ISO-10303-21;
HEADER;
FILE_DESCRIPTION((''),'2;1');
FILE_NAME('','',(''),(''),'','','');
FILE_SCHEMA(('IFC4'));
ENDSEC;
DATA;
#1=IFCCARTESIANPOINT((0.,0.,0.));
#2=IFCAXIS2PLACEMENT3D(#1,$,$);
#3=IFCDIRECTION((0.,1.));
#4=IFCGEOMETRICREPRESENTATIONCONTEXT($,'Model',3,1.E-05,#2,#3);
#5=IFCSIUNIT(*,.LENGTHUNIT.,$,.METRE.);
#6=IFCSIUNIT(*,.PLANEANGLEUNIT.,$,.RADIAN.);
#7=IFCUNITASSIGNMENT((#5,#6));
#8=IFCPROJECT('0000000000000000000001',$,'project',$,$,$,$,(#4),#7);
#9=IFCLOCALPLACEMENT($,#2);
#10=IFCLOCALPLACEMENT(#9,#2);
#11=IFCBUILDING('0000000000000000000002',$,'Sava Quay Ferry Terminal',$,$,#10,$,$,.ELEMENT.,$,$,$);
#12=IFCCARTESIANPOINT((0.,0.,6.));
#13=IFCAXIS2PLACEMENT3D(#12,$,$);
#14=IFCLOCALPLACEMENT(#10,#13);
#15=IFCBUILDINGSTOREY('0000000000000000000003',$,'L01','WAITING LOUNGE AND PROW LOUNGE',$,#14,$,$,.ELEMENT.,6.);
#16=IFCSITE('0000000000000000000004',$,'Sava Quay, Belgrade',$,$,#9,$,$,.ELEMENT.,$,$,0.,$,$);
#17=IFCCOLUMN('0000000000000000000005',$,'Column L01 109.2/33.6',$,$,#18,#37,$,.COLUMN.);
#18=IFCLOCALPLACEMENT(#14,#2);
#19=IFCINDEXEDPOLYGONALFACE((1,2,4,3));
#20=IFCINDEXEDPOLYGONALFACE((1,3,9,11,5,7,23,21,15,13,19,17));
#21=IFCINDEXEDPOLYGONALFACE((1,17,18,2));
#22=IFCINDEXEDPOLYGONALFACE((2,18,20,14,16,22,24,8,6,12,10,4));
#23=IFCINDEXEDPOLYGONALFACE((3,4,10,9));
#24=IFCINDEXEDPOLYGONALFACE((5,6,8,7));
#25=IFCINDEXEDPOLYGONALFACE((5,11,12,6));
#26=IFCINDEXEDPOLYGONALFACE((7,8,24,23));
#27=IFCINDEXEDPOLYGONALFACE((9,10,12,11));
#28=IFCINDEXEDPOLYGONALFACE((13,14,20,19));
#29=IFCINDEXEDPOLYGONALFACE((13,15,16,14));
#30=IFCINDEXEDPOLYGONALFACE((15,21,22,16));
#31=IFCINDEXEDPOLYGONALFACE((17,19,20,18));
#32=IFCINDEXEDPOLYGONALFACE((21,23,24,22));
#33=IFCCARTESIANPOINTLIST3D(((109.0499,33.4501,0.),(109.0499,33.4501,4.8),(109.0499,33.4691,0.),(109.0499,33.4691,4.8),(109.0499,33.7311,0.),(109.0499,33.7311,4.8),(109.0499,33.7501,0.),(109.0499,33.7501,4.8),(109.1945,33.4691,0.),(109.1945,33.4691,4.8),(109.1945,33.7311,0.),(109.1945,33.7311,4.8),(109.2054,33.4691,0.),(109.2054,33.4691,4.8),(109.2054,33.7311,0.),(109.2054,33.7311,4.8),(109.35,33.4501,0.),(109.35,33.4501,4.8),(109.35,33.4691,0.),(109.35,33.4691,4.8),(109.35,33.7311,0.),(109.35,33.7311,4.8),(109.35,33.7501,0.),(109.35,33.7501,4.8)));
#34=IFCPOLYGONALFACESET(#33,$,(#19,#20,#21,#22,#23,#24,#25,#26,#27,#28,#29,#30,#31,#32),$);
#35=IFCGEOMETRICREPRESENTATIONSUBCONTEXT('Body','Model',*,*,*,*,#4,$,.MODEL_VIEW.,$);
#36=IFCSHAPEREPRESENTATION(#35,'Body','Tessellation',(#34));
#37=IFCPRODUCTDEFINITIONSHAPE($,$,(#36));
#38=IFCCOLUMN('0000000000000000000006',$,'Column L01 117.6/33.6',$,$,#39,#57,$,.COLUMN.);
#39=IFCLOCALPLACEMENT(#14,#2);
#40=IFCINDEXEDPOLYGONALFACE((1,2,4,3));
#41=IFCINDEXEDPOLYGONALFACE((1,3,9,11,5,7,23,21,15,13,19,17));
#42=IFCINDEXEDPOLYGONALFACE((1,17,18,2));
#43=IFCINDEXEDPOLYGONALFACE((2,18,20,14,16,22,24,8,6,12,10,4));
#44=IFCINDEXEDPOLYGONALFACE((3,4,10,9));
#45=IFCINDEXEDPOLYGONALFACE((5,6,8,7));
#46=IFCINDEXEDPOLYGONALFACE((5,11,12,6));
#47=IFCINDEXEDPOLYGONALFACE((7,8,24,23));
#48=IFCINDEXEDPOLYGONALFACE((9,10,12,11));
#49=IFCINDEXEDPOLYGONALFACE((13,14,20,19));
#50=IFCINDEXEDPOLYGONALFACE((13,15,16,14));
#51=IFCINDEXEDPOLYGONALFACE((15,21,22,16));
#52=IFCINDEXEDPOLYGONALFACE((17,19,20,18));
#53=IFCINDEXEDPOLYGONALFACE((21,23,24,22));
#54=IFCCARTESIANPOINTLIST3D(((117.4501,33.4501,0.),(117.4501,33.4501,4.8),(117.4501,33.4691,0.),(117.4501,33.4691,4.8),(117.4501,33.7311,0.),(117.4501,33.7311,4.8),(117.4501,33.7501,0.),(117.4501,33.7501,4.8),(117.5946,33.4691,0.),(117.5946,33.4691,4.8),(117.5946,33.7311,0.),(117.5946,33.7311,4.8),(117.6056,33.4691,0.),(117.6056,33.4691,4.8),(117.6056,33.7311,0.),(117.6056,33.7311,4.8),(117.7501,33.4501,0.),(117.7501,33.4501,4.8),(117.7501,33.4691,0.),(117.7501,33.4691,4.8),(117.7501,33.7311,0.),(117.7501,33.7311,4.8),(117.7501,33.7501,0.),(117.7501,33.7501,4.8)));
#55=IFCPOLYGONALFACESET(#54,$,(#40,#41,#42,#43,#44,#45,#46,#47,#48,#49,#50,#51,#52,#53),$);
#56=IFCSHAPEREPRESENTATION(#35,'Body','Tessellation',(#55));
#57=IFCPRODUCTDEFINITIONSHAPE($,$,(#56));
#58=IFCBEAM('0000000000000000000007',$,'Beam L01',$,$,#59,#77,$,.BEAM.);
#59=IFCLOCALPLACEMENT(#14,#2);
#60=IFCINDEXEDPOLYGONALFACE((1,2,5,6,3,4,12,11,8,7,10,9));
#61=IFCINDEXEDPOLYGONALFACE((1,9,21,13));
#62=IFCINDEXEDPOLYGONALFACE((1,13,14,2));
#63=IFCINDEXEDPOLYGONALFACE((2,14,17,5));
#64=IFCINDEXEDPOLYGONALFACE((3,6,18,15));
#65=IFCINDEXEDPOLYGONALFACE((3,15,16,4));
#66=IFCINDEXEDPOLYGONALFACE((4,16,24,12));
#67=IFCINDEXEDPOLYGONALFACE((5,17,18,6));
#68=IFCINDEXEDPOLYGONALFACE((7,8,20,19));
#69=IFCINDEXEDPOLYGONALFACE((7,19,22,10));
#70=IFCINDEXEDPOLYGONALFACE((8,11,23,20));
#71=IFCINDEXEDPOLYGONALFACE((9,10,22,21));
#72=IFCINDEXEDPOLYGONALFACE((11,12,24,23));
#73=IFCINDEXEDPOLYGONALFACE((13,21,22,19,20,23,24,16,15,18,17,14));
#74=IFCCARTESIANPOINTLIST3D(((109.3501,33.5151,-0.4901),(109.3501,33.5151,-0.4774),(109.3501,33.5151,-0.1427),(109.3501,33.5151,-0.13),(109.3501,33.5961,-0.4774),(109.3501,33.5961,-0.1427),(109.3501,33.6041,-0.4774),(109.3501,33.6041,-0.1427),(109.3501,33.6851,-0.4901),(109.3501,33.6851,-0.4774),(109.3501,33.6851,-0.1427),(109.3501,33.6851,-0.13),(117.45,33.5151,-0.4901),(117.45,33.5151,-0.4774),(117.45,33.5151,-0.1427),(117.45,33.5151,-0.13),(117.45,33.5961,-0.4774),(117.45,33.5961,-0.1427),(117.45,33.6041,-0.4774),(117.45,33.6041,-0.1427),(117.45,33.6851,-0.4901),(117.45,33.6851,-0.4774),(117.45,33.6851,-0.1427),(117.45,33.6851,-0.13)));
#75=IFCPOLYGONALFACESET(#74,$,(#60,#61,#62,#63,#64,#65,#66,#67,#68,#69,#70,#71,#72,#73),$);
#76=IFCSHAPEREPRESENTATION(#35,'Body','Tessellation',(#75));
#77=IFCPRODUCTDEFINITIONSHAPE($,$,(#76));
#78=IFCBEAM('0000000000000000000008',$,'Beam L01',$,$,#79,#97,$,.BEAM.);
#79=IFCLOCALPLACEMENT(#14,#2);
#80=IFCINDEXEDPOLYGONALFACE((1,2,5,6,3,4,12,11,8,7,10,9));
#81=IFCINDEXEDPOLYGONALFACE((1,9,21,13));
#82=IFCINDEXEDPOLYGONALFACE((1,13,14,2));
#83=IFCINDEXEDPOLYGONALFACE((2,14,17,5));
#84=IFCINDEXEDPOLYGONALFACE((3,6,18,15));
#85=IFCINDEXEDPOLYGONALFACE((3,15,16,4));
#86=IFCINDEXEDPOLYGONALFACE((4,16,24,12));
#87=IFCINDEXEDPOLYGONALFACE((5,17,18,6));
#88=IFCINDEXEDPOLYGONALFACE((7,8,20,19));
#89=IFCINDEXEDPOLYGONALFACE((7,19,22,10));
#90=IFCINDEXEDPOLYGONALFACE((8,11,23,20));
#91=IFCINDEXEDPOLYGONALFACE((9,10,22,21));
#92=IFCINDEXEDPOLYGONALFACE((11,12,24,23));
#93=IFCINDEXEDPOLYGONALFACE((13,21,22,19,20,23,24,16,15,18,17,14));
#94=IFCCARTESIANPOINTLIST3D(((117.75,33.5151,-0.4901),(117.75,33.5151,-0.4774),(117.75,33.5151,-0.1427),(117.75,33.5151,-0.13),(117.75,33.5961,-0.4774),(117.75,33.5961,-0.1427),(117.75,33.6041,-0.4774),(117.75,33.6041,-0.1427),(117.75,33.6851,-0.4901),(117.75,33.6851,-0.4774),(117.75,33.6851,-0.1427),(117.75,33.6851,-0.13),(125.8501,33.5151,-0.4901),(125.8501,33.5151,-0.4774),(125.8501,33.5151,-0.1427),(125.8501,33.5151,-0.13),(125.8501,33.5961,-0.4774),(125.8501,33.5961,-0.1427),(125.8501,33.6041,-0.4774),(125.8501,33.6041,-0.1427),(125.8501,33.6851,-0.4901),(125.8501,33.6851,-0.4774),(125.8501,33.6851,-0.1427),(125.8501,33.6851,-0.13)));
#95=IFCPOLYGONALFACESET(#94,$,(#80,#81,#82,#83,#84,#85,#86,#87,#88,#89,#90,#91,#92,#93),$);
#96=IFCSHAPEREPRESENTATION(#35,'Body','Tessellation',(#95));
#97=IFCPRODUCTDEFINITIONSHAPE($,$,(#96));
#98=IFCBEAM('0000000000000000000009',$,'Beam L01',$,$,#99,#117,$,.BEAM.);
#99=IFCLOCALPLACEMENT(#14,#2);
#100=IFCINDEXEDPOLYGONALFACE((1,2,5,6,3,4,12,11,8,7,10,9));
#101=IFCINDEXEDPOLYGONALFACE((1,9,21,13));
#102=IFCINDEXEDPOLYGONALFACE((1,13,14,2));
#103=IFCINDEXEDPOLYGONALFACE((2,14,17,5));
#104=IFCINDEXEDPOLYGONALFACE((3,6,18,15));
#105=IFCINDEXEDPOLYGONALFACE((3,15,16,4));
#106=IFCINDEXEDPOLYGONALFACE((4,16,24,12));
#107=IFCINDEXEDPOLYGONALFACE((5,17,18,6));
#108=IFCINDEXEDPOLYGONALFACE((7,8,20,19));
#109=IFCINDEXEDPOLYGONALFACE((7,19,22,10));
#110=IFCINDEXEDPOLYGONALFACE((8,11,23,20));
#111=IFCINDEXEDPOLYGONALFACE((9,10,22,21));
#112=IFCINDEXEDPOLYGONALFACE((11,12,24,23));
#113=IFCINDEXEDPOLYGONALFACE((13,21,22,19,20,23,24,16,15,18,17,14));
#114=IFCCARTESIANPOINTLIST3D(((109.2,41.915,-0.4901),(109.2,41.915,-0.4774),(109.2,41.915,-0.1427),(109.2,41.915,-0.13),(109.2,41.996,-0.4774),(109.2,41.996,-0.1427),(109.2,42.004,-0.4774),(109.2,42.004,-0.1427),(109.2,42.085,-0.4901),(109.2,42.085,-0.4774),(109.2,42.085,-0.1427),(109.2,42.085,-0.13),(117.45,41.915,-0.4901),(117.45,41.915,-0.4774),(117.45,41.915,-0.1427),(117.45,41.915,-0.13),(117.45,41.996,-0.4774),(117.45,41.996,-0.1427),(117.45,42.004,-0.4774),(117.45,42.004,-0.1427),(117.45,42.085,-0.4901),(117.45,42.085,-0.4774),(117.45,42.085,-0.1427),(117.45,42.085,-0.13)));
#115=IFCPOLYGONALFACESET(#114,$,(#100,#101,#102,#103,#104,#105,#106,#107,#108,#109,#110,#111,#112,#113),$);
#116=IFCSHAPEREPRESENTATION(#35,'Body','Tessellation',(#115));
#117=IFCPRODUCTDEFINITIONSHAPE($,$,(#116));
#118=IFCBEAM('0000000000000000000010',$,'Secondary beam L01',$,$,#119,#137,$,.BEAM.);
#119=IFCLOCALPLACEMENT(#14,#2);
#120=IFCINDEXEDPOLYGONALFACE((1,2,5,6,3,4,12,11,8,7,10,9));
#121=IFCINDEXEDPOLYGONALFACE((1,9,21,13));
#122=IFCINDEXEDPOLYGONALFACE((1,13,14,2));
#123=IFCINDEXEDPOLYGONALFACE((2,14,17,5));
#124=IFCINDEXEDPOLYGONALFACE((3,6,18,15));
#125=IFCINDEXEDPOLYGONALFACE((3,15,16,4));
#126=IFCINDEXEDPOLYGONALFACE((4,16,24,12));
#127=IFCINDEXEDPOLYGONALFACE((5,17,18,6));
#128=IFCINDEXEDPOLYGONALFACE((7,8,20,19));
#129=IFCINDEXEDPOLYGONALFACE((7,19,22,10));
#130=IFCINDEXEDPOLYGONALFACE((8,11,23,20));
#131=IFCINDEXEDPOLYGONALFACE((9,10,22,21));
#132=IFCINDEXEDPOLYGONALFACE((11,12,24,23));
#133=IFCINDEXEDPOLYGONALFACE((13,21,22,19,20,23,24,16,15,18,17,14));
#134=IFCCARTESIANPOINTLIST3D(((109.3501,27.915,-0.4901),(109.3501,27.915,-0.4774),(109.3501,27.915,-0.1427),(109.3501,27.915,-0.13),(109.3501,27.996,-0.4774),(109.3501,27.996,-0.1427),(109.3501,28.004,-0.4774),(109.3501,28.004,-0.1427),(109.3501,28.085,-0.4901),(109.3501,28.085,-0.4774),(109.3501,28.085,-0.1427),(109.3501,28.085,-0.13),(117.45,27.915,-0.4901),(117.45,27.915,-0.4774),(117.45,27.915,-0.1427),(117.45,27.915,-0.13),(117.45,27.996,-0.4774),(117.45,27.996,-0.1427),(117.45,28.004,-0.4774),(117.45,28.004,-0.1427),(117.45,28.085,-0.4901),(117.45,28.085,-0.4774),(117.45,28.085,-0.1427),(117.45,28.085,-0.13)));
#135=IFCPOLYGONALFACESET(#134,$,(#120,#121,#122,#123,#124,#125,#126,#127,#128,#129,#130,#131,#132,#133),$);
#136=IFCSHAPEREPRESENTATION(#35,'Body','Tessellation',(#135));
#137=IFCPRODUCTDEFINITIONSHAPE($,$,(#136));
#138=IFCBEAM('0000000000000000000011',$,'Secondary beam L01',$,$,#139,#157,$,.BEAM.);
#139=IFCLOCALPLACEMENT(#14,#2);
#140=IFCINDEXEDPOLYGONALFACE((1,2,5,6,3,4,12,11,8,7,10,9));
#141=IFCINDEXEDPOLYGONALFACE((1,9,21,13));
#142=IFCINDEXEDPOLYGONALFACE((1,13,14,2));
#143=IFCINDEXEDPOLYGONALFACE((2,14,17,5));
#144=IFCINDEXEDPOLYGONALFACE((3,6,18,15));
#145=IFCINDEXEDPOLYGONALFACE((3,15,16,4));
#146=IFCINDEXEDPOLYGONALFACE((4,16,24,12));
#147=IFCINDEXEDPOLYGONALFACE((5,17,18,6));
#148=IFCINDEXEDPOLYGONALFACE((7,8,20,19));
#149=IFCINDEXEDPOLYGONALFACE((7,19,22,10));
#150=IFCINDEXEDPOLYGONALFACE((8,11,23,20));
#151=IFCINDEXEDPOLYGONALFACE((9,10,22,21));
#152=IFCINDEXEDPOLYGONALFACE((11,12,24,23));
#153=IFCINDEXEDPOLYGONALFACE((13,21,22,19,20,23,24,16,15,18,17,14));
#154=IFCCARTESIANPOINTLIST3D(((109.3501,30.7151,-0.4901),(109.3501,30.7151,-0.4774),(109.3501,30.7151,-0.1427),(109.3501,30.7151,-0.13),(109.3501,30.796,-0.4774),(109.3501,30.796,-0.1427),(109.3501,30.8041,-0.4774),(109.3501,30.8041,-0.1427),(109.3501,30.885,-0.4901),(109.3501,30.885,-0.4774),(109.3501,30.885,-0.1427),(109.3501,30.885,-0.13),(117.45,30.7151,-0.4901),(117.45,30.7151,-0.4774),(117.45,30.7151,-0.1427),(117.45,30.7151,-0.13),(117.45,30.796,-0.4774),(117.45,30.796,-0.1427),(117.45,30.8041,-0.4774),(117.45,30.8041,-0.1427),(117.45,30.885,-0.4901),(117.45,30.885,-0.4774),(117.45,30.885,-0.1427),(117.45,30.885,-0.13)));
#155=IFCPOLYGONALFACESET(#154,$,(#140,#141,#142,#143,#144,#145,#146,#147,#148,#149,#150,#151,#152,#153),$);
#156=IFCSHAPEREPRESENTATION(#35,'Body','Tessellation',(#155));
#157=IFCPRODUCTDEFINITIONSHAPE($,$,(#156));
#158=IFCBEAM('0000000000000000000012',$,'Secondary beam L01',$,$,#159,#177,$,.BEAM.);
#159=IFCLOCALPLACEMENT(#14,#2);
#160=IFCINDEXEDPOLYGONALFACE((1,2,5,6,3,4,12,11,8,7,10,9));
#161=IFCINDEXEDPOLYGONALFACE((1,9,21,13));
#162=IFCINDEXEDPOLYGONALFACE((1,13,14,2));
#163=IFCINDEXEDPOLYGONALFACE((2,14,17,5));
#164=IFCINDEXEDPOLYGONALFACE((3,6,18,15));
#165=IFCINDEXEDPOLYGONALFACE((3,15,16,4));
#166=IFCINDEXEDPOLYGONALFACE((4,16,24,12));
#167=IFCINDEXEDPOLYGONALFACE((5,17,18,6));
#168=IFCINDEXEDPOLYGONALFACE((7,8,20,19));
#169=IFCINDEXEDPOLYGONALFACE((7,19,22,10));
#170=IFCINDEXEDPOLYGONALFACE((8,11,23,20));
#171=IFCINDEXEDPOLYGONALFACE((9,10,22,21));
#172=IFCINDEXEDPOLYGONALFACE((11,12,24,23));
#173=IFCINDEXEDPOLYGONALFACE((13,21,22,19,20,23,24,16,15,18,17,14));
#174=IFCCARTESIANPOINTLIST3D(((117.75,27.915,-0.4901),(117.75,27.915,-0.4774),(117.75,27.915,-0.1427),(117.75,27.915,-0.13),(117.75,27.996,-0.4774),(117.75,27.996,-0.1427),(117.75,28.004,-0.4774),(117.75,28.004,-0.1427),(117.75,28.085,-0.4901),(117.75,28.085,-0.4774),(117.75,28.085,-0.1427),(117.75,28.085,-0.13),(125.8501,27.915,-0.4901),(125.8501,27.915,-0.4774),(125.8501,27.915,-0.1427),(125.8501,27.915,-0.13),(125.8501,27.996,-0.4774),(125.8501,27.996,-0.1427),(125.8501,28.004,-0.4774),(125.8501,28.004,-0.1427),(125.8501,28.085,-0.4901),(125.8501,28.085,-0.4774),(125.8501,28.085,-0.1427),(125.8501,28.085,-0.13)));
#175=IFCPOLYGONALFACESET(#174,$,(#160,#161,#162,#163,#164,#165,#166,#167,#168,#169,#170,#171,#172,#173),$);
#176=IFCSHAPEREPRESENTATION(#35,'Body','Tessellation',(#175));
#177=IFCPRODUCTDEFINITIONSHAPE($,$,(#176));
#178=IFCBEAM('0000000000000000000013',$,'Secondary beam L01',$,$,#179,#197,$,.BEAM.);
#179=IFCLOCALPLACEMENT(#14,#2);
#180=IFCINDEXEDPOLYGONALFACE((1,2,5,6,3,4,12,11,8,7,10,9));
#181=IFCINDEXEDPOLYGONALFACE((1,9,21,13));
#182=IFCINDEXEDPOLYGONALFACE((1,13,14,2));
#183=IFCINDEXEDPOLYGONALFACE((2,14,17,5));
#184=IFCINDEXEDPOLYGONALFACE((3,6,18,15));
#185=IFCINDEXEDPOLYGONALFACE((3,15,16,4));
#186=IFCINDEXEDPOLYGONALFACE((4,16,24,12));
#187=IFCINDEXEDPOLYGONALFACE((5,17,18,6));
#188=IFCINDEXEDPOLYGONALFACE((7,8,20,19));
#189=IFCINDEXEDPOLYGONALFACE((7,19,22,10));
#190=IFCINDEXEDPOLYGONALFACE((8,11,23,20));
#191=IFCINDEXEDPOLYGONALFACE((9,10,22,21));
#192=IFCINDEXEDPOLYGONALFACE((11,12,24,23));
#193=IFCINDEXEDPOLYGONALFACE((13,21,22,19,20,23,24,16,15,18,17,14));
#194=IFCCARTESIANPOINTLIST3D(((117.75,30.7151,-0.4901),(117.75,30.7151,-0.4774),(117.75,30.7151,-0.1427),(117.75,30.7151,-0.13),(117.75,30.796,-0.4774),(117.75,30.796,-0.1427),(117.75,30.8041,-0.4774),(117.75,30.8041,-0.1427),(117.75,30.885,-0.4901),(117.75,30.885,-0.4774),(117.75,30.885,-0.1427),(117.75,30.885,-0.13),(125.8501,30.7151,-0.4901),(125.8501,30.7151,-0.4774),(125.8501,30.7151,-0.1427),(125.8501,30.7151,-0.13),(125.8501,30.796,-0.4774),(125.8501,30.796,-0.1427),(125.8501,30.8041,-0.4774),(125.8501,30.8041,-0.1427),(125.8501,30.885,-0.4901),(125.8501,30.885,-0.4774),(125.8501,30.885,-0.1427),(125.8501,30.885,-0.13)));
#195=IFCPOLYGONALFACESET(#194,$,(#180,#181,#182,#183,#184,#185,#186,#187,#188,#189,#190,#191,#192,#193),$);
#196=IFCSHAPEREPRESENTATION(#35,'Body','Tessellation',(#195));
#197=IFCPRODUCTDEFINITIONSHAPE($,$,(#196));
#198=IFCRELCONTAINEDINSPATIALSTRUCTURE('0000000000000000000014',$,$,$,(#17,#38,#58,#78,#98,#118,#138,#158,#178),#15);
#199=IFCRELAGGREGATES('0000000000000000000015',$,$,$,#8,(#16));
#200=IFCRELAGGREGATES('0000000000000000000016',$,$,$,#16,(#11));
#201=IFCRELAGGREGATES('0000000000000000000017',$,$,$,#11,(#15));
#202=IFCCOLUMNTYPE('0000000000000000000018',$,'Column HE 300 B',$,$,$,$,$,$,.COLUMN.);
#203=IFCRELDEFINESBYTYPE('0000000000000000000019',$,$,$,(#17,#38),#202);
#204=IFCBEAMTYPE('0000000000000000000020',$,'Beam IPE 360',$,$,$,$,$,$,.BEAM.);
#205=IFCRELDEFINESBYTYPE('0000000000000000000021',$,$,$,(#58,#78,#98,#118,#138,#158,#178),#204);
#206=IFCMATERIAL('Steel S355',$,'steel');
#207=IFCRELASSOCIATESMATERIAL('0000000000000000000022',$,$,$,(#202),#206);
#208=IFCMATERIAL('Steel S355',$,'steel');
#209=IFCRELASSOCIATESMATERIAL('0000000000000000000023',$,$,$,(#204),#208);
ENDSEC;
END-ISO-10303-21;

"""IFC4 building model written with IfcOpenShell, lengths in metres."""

from ifc_helpers import new_model, si_unit, direction, frame, origin, origin_2d, place, context, subcontext, project, spatial, i_section, extrude, material, material_profile, profile_set, type_object, element, save


model = new_model("IFC4")

# Units and contexts
model_context = context("Model", 3, precision=1e-05, world=origin(), true_north=direction((0.0, 1.0)))
body_context = subcontext(model_context, "Body", "Model", "MODEL_VIEW")
ifc_project = project(units=[si_unit("LENGTHUNIT", "METRE"), si_unit("PLANEANGLEUNIT", "RADIAN")], contexts=[model_context])

# Site, building, storey
site_placement = place(None, origin())
site = spatial("IfcSite", under=ifc_project, at=site_placement, Name="Sava Quay, Belgrade", CompositionType="ELEMENT", RefElevation=0.0)
building_placement = place(site_placement, origin())
building = spatial("IfcBuilding", under=site, at=building_placement, Name="Sava Quay Ferry Terminal", CompositionType="ELEMENT")
storey_placement = place(building_placement, frame((0.0, 0.0, 6.0)))
storey = spatial("IfcBuildingStorey", under=building, at=storey_placement, Name="L01", Description="WAITING LOUNGE AND PROW LOUNGE", CompositionType="ELEMENT", Elevation=6.0)

# Columns
ifc_material_1 = material(Name="Steel S355", Category="steel")
ifc_material_profile_1 = material_profile(ifc_material_1, i_section(OverallWidth=0.3, OverallDepth=0.3, WebThickness=0.011, FlangeThickness=0.019, at=origin_2d()), Name="HE 300 B")
ifc_profile_set_1 = profile_set([ifc_material_profile_1], Name="Steel S355")
column_type = type_object("IfcColumnType", Name="Column HE 300 B", PredefinedType="COLUMN", material=ifc_profile_set_1)
for number, where, z_axis, x_axis, name in (
    (1, (109.2, 33.6001, 0.0), (0.0, 0.0, 1.0), (1.0, 0.0, 0.0), "Column L01 109.2/33.6"),
    (2, (117.6001, 33.6001, 0.0), (0.0, 0.0, 1.0), (1.0, 0.0, 0.0), "Column L01 117.6/33.6"),
):
    element("IfcColumn", number, at=place(storey_placement, frame(where, z_axis=z_axis, x_axis=x_axis)), inside=storey, type_object=column_type, Name=name, PredefinedType="COLUMN", context=body_context, shape_type="SweptSolid", body=[
        extrude(i_section(OverallWidth=0.3, OverallDepth=0.3, WebThickness=0.011, FlangeThickness=0.019, at=origin_2d()), origin(), (0.0, 0.0, 1.0), 4.8),
    ])

# Beams
ifc_material_2 = material(Name="Steel S355", Category="steel")
ifc_material_profile_2 = material_profile(ifc_material_2, i_section(OverallWidth=0.1699, OverallDepth=0.3601, WebThickness=0.0081, FlangeThickness=0.0127, at=origin_2d()), Name="IPE 360")
ifc_profile_set_2 = profile_set([ifc_material_profile_2], Name="Steel S355")
beam_type_1 = type_object("IfcBeamType", Name="Beam IPE 360", PredefinedType="BEAM", material=ifc_profile_set_2)
beam_1_placement = place(storey_placement, frame((109.3501, 33.6001, -0.3101), z_axis=(1.0, 0.0, 0.0), x_axis=(0.0, 1.0, 0.0)))
element("IfcBeam", 3, at=beam_1_placement, inside=storey, type_object=beam_type_1, Name="Beam L01", PredefinedType="BEAM", context=body_context, shape_type="SweptSolid", body=[
    extrude(i_section(OverallWidth=0.1699, OverallDepth=0.3601, WebThickness=0.0081, FlangeThickness=0.0127, at=origin_2d()), origin(), (0.0, 0.0, 1.0), 8.0999),
])
beam_2_placement = place(storey_placement, frame((117.75, 33.6001, -0.3101), z_axis=(1.0, 0.0, 0.0), x_axis=(0.0, 1.0, 0.0)))
element("IfcBeam", 4, at=beam_2_placement, inside=storey, type_object=beam_type_1, Name="Beam L01", PredefinedType="BEAM", context=body_context, shape_type="SweptSolid", body=[
    extrude(i_section(OverallWidth=0.1699, OverallDepth=0.3601, WebThickness=0.0081, FlangeThickness=0.0127, at=origin_2d()), origin(), (0.0, 0.0, 1.0), 8.1001),
])
beam_3_placement = place(storey_placement, frame((109.2, 42.0, -0.3101), z_axis=(1.0, 0.0, 0.0), x_axis=(0.0, 1.0, 0.0)))
element("IfcBeam", 5, at=beam_3_placement, inside=storey, type_object=beam_type_1, Name="Beam L01", PredefinedType="BEAM", context=body_context, shape_type="SweptSolid", body=[
    extrude(i_section(OverallWidth=0.1699, OverallDepth=0.3601, WebThickness=0.0081, FlangeThickness=0.0127, at=origin_2d()), origin(), (0.0, 0.0, 1.0), 8.25),
])
for number, where, z_axis, x_axis, name in (
    (6, (109.3501, 28.0, -0.3101), (1.0, 0.0, 0.0), (0.0, 1.0, 0.0), "Secondary beam L01"),
    (7, (109.3501, 30.8, -0.3101), (1.0, 0.0, 0.0), (0.0, 1.0, 0.0), "Secondary beam L01"),
):
    element("IfcBeam", number, at=place(storey_placement, frame(where, z_axis=z_axis, x_axis=x_axis)), inside=storey, type_object=beam_type_1, Name=name, PredefinedType="BEAM", context=body_context, shape_type="SweptSolid", body=[
        extrude(i_section(OverallWidth=0.1699, OverallDepth=0.3601, WebThickness=0.0081, FlangeThickness=0.0127, at=origin_2d()), origin(), (0.0, 0.0, 1.0), 8.0999),
    ])
for number, where, z_axis, x_axis, name in (
    (8, (117.75, 28.0, -0.3101), (1.0, 0.0, 0.0), (0.0, 1.0, 0.0), "Secondary beam L01"),
    (9, (117.75, 30.8, -0.3101), (1.0, 0.0, 0.0), (0.0, 1.0, 0.0), "Secondary beam L01"),
):
    element("IfcBeam", number, at=place(storey_placement, frame(where, z_axis=z_axis, x_axis=x_axis)), inside=storey, type_object=beam_type_1, Name=name, PredefinedType="BEAM", context=body_context, shape_type="SweptSolid", body=[
        extrude(i_section(OverallWidth=0.1699, OverallDepth=0.3601, WebThickness=0.0081, FlangeThickness=0.0127, at=origin_2d()), origin(), (0.0, 0.0, 1.0), 8.1001),
    ])

save(model, "model.ifc")
